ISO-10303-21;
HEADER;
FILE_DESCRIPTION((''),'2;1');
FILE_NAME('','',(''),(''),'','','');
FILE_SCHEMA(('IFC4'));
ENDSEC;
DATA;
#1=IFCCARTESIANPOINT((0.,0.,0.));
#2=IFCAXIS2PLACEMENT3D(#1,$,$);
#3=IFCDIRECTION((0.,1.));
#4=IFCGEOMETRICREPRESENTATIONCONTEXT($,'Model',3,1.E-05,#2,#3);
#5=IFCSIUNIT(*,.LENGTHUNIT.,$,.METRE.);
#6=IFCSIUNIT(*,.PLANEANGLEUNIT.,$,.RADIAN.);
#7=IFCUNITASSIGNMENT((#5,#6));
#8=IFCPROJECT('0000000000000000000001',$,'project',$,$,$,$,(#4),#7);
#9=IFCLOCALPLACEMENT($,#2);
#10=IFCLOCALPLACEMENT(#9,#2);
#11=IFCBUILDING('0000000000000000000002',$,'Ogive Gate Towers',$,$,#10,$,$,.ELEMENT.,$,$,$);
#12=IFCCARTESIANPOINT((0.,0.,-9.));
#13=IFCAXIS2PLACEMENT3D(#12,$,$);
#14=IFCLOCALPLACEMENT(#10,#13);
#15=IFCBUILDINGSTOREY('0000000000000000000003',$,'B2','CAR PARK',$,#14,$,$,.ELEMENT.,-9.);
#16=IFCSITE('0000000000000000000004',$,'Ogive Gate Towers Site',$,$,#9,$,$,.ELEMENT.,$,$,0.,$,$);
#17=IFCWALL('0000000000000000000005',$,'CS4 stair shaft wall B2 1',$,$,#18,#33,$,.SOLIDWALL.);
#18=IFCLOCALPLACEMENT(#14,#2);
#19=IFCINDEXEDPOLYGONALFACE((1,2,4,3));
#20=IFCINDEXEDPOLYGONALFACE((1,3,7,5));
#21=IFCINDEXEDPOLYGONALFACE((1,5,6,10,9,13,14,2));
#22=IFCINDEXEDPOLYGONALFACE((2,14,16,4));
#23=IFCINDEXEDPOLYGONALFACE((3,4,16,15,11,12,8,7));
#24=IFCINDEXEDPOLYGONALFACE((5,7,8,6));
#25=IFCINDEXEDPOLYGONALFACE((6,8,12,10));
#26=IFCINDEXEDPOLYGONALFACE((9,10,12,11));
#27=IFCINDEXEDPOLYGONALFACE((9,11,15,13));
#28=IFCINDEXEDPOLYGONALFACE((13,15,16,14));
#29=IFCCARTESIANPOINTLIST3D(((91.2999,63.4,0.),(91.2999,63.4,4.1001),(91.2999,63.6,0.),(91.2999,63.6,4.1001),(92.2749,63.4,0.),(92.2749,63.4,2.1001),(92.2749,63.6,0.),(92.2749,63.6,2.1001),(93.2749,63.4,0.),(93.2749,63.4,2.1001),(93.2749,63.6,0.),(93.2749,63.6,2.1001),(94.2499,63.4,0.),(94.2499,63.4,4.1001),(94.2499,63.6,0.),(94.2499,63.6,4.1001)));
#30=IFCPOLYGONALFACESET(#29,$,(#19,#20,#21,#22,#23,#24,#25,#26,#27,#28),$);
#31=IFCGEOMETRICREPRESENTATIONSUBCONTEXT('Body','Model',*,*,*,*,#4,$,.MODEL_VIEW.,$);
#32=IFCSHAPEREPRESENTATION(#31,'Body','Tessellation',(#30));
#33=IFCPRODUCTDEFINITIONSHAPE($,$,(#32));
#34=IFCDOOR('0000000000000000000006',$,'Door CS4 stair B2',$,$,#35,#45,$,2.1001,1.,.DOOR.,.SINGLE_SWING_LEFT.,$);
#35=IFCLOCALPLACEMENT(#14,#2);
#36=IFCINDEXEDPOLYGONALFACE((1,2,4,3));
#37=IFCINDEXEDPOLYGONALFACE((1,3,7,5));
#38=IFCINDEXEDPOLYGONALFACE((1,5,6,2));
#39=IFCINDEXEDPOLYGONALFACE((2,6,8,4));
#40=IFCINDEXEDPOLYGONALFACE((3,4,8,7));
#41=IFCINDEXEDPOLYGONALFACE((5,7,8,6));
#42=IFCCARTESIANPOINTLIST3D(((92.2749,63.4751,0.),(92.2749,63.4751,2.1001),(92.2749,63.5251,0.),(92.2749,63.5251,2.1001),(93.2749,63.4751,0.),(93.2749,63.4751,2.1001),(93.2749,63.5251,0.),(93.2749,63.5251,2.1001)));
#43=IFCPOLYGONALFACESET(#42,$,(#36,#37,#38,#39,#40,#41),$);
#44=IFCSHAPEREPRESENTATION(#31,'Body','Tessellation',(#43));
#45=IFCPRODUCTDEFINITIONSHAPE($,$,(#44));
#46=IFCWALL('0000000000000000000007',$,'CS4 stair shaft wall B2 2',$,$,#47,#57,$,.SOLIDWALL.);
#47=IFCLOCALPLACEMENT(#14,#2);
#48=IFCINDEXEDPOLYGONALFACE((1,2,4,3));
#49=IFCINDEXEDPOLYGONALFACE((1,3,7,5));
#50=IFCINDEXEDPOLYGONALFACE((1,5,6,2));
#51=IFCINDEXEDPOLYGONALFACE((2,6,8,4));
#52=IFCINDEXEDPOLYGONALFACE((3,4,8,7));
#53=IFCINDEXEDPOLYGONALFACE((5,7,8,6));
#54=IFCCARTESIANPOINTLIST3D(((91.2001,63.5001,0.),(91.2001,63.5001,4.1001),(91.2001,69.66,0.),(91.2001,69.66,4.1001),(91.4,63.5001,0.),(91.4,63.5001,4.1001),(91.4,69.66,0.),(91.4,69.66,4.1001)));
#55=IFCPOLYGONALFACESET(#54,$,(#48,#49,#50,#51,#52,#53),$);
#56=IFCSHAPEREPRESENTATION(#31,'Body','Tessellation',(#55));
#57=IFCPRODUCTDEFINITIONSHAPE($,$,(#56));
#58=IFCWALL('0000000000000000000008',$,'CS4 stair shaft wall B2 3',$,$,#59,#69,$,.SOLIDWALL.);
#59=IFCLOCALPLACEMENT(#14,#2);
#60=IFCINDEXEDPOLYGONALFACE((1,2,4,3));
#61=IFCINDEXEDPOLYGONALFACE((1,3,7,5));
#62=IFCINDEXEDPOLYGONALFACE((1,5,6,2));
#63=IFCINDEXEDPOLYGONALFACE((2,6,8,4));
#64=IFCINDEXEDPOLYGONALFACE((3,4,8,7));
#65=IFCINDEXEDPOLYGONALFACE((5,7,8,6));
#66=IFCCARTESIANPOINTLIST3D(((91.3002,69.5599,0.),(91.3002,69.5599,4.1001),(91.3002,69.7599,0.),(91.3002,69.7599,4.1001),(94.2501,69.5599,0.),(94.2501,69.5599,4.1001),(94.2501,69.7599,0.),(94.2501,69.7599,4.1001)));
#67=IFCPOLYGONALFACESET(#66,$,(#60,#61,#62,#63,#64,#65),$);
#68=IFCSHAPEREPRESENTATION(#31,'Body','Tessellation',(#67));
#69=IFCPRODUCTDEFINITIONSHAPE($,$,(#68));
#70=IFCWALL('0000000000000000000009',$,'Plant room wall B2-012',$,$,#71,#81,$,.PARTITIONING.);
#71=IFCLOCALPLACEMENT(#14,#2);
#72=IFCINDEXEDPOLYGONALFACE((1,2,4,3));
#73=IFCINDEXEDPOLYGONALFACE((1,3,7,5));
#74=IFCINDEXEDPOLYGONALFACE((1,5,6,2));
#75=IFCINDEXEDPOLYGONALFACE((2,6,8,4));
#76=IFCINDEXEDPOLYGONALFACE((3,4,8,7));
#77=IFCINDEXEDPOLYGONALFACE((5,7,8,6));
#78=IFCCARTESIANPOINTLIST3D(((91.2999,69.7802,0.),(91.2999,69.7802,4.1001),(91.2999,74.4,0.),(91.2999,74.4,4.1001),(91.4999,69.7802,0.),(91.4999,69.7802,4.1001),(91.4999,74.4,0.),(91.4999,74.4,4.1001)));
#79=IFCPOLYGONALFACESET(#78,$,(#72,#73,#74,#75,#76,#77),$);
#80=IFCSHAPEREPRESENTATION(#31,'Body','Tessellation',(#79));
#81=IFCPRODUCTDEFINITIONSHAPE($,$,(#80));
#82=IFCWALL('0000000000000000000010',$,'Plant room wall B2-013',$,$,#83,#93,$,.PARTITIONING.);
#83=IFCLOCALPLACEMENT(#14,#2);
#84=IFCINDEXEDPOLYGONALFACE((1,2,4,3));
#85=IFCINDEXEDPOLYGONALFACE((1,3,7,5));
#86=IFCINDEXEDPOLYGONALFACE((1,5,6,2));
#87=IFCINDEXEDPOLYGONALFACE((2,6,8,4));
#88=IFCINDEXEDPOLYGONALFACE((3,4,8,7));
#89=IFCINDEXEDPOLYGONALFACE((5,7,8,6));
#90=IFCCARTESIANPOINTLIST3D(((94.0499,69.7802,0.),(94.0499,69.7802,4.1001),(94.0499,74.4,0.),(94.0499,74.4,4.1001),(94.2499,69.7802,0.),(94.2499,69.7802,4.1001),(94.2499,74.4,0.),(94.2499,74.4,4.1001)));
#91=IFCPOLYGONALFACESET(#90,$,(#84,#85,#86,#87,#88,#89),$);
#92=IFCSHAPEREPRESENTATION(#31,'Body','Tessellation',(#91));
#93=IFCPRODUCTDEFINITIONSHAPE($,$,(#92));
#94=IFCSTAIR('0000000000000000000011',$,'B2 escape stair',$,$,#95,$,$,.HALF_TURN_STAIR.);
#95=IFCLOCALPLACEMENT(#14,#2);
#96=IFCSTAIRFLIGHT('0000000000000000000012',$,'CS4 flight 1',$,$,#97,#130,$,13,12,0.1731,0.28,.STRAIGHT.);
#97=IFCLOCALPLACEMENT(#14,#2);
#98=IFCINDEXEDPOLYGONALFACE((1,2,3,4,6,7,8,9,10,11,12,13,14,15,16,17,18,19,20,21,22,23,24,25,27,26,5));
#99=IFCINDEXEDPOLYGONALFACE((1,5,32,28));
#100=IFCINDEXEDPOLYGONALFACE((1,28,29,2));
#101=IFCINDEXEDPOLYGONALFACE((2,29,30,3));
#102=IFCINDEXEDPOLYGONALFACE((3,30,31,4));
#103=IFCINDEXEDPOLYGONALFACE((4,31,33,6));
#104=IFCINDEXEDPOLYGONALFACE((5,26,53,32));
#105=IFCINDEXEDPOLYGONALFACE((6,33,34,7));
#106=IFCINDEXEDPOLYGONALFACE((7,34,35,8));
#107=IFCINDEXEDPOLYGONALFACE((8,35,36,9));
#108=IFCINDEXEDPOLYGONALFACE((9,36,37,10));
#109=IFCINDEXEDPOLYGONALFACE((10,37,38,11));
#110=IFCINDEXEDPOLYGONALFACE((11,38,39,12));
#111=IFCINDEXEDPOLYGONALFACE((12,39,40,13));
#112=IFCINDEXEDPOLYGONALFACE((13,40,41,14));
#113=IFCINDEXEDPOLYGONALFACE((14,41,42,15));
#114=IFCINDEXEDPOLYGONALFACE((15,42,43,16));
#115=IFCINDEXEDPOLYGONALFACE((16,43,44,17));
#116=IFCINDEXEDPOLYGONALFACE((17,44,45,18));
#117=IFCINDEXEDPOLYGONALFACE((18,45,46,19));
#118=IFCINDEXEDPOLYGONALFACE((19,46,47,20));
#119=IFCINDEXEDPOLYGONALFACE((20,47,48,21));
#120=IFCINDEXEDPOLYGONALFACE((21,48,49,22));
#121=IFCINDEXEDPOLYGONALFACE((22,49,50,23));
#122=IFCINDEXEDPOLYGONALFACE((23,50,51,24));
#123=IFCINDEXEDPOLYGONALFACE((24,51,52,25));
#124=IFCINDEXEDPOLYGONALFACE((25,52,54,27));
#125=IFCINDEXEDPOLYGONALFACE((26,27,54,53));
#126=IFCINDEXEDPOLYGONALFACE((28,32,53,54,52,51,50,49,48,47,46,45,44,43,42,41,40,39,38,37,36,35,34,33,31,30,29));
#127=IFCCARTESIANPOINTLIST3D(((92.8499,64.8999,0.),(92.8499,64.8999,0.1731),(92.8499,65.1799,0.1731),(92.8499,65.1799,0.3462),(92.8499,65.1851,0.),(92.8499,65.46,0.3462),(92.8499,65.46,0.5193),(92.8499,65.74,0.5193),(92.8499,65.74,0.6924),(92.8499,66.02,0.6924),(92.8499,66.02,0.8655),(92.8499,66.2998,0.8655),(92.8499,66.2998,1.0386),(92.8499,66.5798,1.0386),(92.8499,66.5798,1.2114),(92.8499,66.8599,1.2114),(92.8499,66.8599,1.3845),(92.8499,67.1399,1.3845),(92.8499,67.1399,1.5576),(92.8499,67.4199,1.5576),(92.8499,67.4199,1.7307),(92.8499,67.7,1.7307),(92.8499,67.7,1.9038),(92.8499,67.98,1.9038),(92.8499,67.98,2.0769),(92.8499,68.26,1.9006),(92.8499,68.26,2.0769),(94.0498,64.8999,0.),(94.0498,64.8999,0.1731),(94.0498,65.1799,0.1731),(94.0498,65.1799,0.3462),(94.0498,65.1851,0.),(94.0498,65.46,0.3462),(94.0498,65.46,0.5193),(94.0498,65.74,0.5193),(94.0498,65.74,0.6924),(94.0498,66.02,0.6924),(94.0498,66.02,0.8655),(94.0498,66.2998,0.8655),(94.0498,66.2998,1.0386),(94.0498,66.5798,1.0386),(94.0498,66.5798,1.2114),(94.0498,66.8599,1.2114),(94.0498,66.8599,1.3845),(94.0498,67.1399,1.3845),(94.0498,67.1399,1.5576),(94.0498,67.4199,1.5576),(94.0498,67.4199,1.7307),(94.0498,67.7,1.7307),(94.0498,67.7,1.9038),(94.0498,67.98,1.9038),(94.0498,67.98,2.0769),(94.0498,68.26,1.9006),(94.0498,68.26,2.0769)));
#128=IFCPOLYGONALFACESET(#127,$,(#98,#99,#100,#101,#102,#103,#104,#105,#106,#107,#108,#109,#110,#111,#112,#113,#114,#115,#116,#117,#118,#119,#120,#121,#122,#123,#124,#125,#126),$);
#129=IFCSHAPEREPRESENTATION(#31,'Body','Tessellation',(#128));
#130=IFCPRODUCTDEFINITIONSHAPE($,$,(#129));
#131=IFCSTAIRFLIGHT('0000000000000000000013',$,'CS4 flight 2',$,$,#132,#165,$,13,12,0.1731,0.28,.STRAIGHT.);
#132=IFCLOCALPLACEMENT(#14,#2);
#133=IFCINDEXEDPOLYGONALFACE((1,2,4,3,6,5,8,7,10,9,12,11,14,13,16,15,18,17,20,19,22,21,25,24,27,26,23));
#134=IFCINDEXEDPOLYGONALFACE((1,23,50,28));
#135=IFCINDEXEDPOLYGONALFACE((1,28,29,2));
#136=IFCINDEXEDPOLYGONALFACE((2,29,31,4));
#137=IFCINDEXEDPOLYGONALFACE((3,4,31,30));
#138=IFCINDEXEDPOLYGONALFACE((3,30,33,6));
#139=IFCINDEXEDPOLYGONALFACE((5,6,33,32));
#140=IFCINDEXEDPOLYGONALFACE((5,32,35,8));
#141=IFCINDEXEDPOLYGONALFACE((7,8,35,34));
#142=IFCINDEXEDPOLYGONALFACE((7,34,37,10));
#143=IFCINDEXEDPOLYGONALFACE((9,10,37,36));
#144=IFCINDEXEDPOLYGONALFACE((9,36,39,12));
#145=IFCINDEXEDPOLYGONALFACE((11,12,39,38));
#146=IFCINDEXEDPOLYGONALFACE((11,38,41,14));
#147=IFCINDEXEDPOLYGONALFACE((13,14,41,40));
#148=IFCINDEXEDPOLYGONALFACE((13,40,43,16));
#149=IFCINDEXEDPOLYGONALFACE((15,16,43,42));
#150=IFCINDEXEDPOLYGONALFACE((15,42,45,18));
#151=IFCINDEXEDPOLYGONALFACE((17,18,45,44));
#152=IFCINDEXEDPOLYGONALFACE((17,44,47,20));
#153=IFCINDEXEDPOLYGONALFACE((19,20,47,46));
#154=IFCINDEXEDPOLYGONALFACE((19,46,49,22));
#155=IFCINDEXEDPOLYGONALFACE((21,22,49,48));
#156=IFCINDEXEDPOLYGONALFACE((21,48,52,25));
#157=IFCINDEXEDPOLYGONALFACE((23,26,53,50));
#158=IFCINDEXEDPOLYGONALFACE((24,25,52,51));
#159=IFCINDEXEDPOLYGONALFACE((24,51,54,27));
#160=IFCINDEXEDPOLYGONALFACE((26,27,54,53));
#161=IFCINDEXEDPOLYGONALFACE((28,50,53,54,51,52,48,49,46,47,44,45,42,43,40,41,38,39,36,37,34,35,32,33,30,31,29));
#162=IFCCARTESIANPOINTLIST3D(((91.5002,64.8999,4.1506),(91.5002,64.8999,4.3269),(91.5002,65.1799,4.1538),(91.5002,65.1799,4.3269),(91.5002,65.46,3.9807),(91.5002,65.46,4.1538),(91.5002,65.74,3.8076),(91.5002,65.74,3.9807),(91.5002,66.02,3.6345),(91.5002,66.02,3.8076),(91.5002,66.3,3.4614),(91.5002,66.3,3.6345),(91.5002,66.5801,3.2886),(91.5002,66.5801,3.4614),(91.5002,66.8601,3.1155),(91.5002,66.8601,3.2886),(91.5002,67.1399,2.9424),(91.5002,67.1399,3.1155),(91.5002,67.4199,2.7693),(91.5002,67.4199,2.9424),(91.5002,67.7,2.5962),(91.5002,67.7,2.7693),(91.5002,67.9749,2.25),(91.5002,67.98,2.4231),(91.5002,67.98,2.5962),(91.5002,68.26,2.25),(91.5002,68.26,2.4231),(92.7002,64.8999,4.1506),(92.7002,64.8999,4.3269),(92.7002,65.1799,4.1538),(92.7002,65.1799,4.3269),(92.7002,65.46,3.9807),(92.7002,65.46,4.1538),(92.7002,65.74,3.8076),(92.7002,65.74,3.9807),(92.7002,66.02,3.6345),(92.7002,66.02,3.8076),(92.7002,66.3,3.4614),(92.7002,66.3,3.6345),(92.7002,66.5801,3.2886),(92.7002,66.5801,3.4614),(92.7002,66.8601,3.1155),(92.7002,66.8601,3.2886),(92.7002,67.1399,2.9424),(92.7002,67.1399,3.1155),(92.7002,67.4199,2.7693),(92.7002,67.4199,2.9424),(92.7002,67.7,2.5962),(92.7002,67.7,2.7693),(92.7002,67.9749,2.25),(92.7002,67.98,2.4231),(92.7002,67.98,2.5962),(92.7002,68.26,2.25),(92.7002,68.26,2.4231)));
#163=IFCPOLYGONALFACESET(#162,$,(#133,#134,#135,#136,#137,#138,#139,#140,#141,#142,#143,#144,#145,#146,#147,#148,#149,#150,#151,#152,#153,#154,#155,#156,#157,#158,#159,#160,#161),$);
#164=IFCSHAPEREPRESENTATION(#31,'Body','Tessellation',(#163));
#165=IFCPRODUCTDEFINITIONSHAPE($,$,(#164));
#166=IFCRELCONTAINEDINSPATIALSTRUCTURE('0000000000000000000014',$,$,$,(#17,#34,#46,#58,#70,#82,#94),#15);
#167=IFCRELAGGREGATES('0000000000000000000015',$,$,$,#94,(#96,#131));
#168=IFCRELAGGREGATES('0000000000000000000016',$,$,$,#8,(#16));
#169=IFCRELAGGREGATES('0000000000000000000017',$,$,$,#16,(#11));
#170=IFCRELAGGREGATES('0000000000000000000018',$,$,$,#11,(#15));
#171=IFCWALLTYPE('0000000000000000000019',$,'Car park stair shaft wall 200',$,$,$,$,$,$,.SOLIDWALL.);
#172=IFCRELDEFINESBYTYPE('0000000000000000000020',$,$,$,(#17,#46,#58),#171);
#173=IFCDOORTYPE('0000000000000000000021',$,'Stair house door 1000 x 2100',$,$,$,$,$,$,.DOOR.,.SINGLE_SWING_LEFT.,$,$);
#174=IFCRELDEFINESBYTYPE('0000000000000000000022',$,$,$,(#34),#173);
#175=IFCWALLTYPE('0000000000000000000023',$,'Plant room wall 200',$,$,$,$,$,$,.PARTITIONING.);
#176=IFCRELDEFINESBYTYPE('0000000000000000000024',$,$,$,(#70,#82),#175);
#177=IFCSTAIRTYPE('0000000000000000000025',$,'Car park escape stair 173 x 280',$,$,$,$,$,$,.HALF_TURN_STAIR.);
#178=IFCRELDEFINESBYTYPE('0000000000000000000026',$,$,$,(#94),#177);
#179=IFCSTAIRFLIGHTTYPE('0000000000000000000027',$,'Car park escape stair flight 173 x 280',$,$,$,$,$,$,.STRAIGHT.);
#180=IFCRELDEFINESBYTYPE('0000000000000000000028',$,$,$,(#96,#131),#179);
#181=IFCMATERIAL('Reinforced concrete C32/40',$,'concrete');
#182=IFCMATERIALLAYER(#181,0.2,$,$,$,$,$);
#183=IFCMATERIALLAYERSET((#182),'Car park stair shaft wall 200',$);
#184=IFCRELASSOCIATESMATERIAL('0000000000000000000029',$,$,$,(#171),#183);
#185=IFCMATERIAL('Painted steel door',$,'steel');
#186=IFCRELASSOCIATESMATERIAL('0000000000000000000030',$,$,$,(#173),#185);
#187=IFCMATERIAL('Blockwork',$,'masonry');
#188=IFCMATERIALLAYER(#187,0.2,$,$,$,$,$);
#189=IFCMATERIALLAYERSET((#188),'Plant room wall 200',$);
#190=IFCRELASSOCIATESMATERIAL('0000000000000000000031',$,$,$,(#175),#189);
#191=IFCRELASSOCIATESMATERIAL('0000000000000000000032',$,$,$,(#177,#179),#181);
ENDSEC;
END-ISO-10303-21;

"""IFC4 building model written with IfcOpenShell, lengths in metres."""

from ifc_helpers import new_model, si_unit, direction, frame, frame_2d, origin, place, context, subcontext, project, spatial, polyline, rectangle, outline, extrude, material, layer, layer_set, type_object, element, fill, aggregate, save


model = new_model("IFC4")

# Units and contexts
model_context = context("Model", 3, precision=1e-05, world=origin(), true_north=direction((0.0, 1.0)))
body_context = subcontext(model_context, "Body", "Model", "MODEL_VIEW")
ifc_project = project(units=[si_unit("LENGTHUNIT", "METRE"), si_unit("PLANEANGLEUNIT", "RADIAN")], contexts=[model_context])

# Site, building, storey
site_placement = place(None, origin())
site = spatial("IfcSite", under=ifc_project, at=site_placement, Name="Ogive Gate Towers Site", CompositionType="ELEMENT", RefElevation=0.0)
building_placement = place(site_placement, origin())
building = spatial("IfcBuilding", under=site, at=building_placement, Name="Ogive Gate Towers", CompositionType="ELEMENT")
storey_placement = place(building_placement, frame((0.0, 0.0, -9.0)))
storey = spatial("IfcBuildingStorey", under=building, at=storey_placement, Name="B2", Description="CAR PARK", CompositionType="ELEMENT", Elevation=-9.0)

# Wall, opening, door
ifc_material_1 = material(Name="Reinforced concrete C32/40", Category="concrete")
ifc_layer_1 = layer(ifc_material_1, 0.2)
ifc_layer_set_1 = layer_set([ifc_layer_1], Name="Car park stair shaft wall 200")
wall_type_1 = type_object("IfcWallType", Name="Car park stair shaft wall 200", PredefinedType="SOLIDWALL", material=ifc_layer_set_1)
wall_1_placement = place(storey_placement, frame((94.25, 63.5, 0.0), z_axis=(0.0, 0.0, 1.0), x_axis=(-1.0, 0.0, 0.0)))
wall_1 = element("IfcWall", 1, at=wall_1_placement, inside=storey, type_object=wall_type_1, Name="CS4 stair shaft wall B2 1", PredefinedType="SOLIDWALL", context=body_context, shape_type="SweptSolid", body=[
    extrude(rectangle(XDim=2.95, YDim=0.2, at=frame_2d((1.4751, 0.0))), origin(), (0.0, 0.0, 1.0), 4.1001),
])
opening_placement = place(wall_1_placement, frame((0.9751, 0.0, 0.0)))
opening = element("IfcOpeningElement", 2, at=opening_placement, cuts=wall_1, PredefinedType="OPENING", context=body_context, shape_type="SweptSolid", body=[
    extrude(rectangle(XDim=1.0, YDim=2.1001, at=frame_2d((0.5, 1.05))), frame((0.0, 0.1099, 0.0), z_axis=(0.0, -1.0, 0.0), x_axis=(1.0, 0.0, 0.0)), (0.0, 0.0, 1.0), 0.22),
])
ifc_material_2 = material(Name="Painted steel door", Category="steel")
door_type = type_object("IfcDoorType", Name="Stair house door 1000 x 2100", OperationType="SINGLE_SWING_LEFT", PredefinedType="DOOR", material=ifc_material_2)
door_placement = place(opening_placement, origin())
door = element("IfcDoor", 3, at=door_placement, inside=storey, type_object=door_type, Name="Door CS4 stair B2", OperationType="SINGLE_SWING_LEFT", OverallHeight=2.1001, OverallWidth=1.0, PredefinedType="DOOR", context=body_context, shape_type="SweptSolid", body=[
    extrude(rectangle(XDim=1.0, YDim=2.1001, at=frame_2d((0.5, 1.05))), frame((0.0, 0.0249, 0.0), z_axis=(0.0, -1.0, 0.0), x_axis=(1.0, 0.0, 0.0)), (0.0, 0.0, 1.0), 0.05),
])
fill(opening, door)

# Walls
wall_2_placement = place(storey_placement, frame((91.3, 63.5, 0.0), z_axis=(0.0, 0.0, 1.0), x_axis=(0.0, 1.0, 0.0)))
element("IfcWall", 4, at=wall_2_placement, inside=storey, type_object=wall_type_1, Name="CS4 stair shaft wall B2 2", PredefinedType="SOLIDWALL", context=body_context, shape_type="SweptSolid", body=[
    extrude(rectangle(XDim=6.1599, YDim=0.2, at=frame_2d((3.0801, 0.0))), origin(), (0.0, 0.0, 1.0), 4.1001),
])
wall_3_placement = place(storey_placement, frame((91.3, 69.6599, 0.0), z_axis=(0.0, 0.0, 1.0), x_axis=(1.0, 0.0, 0.0)))
element("IfcWall", 5, at=wall_3_placement, inside=storey, type_object=wall_type_1, Name="CS4 stair shaft wall B2 3", PredefinedType="SOLIDWALL", context=body_context, shape_type="SweptSolid", body=[
    extrude(rectangle(XDim=2.95, YDim=0.2, at=frame_2d((1.4751, 0.0))), origin(), (0.0, 0.0, 1.0), 4.1001),
])
ifc_material_3 = material(Name="Blockwork", Category="masonry")
ifc_layer_2 = layer(ifc_material_3, 0.2)
ifc_layer_set_2 = layer_set([ifc_layer_2], Name="Plant room wall 200")
wall_type_2 = type_object("IfcWallType", Name="Plant room wall 200", PredefinedType="PARTITIONING", material=ifc_layer_set_2)
for number, where, z_axis, x_axis, name in (
    (6, (91.3999, 69.78, 0.0), (0.0, 0.0, 1.0), (0.0, 1.0, 0.0), "Plant room wall B2-012"),
    (7, (94.1499, 69.78, 0.0), (0.0, 0.0, 1.0), (0.0, 1.0, 0.0), "Plant room wall B2-013"),
):
    element("IfcWall", number, at=place(storey_placement, frame(where, z_axis=z_axis, x_axis=x_axis)), inside=storey, type_object=wall_type_2, Name=name, PredefinedType="PARTITIONING", context=body_context, shape_type="SweptSolid", body=[
        extrude(rectangle(XDim=4.6199, YDim=0.2, at=frame_2d((2.3101, 0.0))), origin(), (0.0, 0.0, 1.0), 4.1001),
    ])

# Stair, stair flights
stair_type = type_object("IfcStairType", Name="Car park escape stair 173 x 280", PredefinedType="HALF_TURN_STAIR", material=ifc_material_1)
stair_placement = place(storey_placement, origin())
stair = element("IfcStair", 8, at=stair_placement, inside=storey, type_object=stair_type, Name="B2 escape stair", PredefinedType="HALF_TURN_STAIR")
stair_flight_type = type_object("IfcStairFlightType", Name="Car park escape stair flight 173 x 280", PredefinedType="STRAIGHT", material=ifc_material_1)
stair_flight_1_placement = place(storey_placement, frame((93.45, 64.8999, 0.0), z_axis=(0.0, 0.0, 1.0), x_axis=(0.0, 1.0, 0.0)))
stair_flight_1 = element("IfcStairFlight", 9, at=stair_flight_1_placement, type_object=stair_flight_type, Name="CS4 flight 1", NumberOfRisers=13, NumberOfTreads=12, PredefinedType="STRAIGHT", RiserHeight=0.1731, TreadLength=0.28, context=body_context, shape_type="SweptSolid", body=[
    extrude(outline(polyline([(0.0, 0.0), (0.0, 0.1731), (0.28, 0.1731), (0.28, 0.3462), (0.5601, 0.3462), (0.5601, 0.5193), (0.8401, 0.5193), (0.8401, 0.6924), (1.1201, 0.6924), (1.1201, 0.8655), (1.3999, 0.8655), (1.3999, 1.0386), (1.6799, 1.0386), (1.6799, 1.2114), (1.96, 1.2114), (1.96, 1.3845), (2.24, 1.3845), (2.24, 1.5576), (2.52, 1.5576), (2.52, 1.7307), (2.8, 1.7307), (2.8, 1.9038), (3.0801, 1.9038), (3.0801, 2.0769), (3.3601, 2.0769), (3.3601, 2.25), (3.3601, 1.9006), (0.2852, 0.0), (0.0, 0.0)])), frame((0.0, 0.6001, 0.0), z_axis=(0.0, -1.0, 0.0), x_axis=(1.0, 0.0, 0.0)), (0.0, 0.0, 1.0), 1.2),
])
stair_flight_2_placement = place(storey_placement, frame((92.1001, 68.26, 2.25), z_axis=(0.0, 0.0, 1.0), x_axis=(0.0, -1.0, 0.0)))
stair_flight_2 = element("IfcStairFlight", 10, at=stair_flight_2_placement, type_object=stair_flight_type, Name="CS4 flight 2", NumberOfRisers=13, NumberOfTreads=12, PredefinedType="STRAIGHT", RiserHeight=0.1731, TreadLength=0.28, context=body_context, shape_type="SweptSolid", body=[
    extrude(outline(polyline([(0.0, 0.0), (0.0, 0.1731), (0.28, 0.1731), (0.28, 0.3462), (0.5601, 0.3462), (0.5601, 0.5193), (0.8401, 0.5193), (0.8401, 0.6924), (1.1201, 0.6924), (1.1201, 0.8655), (1.3999, 0.8655), (1.3999, 1.0386), (1.6799, 1.0386), (1.6799, 1.2114), (1.96, 1.2114), (1.96, 1.3845), (2.24, 1.3845), (2.24, 1.5576), (2.52, 1.5576), (2.52, 1.7307), (2.8, 1.7307), (2.8, 1.9038), (3.0801, 1.9038), (3.0801, 2.0769), (3.3601, 2.0769), (3.3601, 2.25), (3.3601, 1.9006), (0.2852, 0.0), (0.0, 0.0)])), frame((0.0, 0.6001, 0.0), z_axis=(0.0, -1.0, 0.0), x_axis=(1.0, 0.0, 0.0)), (0.0, 0.0, 1.0), 1.2),
])
aggregate(stair, [stair_flight_1, stair_flight_2])

save(model, "model.ifc")
